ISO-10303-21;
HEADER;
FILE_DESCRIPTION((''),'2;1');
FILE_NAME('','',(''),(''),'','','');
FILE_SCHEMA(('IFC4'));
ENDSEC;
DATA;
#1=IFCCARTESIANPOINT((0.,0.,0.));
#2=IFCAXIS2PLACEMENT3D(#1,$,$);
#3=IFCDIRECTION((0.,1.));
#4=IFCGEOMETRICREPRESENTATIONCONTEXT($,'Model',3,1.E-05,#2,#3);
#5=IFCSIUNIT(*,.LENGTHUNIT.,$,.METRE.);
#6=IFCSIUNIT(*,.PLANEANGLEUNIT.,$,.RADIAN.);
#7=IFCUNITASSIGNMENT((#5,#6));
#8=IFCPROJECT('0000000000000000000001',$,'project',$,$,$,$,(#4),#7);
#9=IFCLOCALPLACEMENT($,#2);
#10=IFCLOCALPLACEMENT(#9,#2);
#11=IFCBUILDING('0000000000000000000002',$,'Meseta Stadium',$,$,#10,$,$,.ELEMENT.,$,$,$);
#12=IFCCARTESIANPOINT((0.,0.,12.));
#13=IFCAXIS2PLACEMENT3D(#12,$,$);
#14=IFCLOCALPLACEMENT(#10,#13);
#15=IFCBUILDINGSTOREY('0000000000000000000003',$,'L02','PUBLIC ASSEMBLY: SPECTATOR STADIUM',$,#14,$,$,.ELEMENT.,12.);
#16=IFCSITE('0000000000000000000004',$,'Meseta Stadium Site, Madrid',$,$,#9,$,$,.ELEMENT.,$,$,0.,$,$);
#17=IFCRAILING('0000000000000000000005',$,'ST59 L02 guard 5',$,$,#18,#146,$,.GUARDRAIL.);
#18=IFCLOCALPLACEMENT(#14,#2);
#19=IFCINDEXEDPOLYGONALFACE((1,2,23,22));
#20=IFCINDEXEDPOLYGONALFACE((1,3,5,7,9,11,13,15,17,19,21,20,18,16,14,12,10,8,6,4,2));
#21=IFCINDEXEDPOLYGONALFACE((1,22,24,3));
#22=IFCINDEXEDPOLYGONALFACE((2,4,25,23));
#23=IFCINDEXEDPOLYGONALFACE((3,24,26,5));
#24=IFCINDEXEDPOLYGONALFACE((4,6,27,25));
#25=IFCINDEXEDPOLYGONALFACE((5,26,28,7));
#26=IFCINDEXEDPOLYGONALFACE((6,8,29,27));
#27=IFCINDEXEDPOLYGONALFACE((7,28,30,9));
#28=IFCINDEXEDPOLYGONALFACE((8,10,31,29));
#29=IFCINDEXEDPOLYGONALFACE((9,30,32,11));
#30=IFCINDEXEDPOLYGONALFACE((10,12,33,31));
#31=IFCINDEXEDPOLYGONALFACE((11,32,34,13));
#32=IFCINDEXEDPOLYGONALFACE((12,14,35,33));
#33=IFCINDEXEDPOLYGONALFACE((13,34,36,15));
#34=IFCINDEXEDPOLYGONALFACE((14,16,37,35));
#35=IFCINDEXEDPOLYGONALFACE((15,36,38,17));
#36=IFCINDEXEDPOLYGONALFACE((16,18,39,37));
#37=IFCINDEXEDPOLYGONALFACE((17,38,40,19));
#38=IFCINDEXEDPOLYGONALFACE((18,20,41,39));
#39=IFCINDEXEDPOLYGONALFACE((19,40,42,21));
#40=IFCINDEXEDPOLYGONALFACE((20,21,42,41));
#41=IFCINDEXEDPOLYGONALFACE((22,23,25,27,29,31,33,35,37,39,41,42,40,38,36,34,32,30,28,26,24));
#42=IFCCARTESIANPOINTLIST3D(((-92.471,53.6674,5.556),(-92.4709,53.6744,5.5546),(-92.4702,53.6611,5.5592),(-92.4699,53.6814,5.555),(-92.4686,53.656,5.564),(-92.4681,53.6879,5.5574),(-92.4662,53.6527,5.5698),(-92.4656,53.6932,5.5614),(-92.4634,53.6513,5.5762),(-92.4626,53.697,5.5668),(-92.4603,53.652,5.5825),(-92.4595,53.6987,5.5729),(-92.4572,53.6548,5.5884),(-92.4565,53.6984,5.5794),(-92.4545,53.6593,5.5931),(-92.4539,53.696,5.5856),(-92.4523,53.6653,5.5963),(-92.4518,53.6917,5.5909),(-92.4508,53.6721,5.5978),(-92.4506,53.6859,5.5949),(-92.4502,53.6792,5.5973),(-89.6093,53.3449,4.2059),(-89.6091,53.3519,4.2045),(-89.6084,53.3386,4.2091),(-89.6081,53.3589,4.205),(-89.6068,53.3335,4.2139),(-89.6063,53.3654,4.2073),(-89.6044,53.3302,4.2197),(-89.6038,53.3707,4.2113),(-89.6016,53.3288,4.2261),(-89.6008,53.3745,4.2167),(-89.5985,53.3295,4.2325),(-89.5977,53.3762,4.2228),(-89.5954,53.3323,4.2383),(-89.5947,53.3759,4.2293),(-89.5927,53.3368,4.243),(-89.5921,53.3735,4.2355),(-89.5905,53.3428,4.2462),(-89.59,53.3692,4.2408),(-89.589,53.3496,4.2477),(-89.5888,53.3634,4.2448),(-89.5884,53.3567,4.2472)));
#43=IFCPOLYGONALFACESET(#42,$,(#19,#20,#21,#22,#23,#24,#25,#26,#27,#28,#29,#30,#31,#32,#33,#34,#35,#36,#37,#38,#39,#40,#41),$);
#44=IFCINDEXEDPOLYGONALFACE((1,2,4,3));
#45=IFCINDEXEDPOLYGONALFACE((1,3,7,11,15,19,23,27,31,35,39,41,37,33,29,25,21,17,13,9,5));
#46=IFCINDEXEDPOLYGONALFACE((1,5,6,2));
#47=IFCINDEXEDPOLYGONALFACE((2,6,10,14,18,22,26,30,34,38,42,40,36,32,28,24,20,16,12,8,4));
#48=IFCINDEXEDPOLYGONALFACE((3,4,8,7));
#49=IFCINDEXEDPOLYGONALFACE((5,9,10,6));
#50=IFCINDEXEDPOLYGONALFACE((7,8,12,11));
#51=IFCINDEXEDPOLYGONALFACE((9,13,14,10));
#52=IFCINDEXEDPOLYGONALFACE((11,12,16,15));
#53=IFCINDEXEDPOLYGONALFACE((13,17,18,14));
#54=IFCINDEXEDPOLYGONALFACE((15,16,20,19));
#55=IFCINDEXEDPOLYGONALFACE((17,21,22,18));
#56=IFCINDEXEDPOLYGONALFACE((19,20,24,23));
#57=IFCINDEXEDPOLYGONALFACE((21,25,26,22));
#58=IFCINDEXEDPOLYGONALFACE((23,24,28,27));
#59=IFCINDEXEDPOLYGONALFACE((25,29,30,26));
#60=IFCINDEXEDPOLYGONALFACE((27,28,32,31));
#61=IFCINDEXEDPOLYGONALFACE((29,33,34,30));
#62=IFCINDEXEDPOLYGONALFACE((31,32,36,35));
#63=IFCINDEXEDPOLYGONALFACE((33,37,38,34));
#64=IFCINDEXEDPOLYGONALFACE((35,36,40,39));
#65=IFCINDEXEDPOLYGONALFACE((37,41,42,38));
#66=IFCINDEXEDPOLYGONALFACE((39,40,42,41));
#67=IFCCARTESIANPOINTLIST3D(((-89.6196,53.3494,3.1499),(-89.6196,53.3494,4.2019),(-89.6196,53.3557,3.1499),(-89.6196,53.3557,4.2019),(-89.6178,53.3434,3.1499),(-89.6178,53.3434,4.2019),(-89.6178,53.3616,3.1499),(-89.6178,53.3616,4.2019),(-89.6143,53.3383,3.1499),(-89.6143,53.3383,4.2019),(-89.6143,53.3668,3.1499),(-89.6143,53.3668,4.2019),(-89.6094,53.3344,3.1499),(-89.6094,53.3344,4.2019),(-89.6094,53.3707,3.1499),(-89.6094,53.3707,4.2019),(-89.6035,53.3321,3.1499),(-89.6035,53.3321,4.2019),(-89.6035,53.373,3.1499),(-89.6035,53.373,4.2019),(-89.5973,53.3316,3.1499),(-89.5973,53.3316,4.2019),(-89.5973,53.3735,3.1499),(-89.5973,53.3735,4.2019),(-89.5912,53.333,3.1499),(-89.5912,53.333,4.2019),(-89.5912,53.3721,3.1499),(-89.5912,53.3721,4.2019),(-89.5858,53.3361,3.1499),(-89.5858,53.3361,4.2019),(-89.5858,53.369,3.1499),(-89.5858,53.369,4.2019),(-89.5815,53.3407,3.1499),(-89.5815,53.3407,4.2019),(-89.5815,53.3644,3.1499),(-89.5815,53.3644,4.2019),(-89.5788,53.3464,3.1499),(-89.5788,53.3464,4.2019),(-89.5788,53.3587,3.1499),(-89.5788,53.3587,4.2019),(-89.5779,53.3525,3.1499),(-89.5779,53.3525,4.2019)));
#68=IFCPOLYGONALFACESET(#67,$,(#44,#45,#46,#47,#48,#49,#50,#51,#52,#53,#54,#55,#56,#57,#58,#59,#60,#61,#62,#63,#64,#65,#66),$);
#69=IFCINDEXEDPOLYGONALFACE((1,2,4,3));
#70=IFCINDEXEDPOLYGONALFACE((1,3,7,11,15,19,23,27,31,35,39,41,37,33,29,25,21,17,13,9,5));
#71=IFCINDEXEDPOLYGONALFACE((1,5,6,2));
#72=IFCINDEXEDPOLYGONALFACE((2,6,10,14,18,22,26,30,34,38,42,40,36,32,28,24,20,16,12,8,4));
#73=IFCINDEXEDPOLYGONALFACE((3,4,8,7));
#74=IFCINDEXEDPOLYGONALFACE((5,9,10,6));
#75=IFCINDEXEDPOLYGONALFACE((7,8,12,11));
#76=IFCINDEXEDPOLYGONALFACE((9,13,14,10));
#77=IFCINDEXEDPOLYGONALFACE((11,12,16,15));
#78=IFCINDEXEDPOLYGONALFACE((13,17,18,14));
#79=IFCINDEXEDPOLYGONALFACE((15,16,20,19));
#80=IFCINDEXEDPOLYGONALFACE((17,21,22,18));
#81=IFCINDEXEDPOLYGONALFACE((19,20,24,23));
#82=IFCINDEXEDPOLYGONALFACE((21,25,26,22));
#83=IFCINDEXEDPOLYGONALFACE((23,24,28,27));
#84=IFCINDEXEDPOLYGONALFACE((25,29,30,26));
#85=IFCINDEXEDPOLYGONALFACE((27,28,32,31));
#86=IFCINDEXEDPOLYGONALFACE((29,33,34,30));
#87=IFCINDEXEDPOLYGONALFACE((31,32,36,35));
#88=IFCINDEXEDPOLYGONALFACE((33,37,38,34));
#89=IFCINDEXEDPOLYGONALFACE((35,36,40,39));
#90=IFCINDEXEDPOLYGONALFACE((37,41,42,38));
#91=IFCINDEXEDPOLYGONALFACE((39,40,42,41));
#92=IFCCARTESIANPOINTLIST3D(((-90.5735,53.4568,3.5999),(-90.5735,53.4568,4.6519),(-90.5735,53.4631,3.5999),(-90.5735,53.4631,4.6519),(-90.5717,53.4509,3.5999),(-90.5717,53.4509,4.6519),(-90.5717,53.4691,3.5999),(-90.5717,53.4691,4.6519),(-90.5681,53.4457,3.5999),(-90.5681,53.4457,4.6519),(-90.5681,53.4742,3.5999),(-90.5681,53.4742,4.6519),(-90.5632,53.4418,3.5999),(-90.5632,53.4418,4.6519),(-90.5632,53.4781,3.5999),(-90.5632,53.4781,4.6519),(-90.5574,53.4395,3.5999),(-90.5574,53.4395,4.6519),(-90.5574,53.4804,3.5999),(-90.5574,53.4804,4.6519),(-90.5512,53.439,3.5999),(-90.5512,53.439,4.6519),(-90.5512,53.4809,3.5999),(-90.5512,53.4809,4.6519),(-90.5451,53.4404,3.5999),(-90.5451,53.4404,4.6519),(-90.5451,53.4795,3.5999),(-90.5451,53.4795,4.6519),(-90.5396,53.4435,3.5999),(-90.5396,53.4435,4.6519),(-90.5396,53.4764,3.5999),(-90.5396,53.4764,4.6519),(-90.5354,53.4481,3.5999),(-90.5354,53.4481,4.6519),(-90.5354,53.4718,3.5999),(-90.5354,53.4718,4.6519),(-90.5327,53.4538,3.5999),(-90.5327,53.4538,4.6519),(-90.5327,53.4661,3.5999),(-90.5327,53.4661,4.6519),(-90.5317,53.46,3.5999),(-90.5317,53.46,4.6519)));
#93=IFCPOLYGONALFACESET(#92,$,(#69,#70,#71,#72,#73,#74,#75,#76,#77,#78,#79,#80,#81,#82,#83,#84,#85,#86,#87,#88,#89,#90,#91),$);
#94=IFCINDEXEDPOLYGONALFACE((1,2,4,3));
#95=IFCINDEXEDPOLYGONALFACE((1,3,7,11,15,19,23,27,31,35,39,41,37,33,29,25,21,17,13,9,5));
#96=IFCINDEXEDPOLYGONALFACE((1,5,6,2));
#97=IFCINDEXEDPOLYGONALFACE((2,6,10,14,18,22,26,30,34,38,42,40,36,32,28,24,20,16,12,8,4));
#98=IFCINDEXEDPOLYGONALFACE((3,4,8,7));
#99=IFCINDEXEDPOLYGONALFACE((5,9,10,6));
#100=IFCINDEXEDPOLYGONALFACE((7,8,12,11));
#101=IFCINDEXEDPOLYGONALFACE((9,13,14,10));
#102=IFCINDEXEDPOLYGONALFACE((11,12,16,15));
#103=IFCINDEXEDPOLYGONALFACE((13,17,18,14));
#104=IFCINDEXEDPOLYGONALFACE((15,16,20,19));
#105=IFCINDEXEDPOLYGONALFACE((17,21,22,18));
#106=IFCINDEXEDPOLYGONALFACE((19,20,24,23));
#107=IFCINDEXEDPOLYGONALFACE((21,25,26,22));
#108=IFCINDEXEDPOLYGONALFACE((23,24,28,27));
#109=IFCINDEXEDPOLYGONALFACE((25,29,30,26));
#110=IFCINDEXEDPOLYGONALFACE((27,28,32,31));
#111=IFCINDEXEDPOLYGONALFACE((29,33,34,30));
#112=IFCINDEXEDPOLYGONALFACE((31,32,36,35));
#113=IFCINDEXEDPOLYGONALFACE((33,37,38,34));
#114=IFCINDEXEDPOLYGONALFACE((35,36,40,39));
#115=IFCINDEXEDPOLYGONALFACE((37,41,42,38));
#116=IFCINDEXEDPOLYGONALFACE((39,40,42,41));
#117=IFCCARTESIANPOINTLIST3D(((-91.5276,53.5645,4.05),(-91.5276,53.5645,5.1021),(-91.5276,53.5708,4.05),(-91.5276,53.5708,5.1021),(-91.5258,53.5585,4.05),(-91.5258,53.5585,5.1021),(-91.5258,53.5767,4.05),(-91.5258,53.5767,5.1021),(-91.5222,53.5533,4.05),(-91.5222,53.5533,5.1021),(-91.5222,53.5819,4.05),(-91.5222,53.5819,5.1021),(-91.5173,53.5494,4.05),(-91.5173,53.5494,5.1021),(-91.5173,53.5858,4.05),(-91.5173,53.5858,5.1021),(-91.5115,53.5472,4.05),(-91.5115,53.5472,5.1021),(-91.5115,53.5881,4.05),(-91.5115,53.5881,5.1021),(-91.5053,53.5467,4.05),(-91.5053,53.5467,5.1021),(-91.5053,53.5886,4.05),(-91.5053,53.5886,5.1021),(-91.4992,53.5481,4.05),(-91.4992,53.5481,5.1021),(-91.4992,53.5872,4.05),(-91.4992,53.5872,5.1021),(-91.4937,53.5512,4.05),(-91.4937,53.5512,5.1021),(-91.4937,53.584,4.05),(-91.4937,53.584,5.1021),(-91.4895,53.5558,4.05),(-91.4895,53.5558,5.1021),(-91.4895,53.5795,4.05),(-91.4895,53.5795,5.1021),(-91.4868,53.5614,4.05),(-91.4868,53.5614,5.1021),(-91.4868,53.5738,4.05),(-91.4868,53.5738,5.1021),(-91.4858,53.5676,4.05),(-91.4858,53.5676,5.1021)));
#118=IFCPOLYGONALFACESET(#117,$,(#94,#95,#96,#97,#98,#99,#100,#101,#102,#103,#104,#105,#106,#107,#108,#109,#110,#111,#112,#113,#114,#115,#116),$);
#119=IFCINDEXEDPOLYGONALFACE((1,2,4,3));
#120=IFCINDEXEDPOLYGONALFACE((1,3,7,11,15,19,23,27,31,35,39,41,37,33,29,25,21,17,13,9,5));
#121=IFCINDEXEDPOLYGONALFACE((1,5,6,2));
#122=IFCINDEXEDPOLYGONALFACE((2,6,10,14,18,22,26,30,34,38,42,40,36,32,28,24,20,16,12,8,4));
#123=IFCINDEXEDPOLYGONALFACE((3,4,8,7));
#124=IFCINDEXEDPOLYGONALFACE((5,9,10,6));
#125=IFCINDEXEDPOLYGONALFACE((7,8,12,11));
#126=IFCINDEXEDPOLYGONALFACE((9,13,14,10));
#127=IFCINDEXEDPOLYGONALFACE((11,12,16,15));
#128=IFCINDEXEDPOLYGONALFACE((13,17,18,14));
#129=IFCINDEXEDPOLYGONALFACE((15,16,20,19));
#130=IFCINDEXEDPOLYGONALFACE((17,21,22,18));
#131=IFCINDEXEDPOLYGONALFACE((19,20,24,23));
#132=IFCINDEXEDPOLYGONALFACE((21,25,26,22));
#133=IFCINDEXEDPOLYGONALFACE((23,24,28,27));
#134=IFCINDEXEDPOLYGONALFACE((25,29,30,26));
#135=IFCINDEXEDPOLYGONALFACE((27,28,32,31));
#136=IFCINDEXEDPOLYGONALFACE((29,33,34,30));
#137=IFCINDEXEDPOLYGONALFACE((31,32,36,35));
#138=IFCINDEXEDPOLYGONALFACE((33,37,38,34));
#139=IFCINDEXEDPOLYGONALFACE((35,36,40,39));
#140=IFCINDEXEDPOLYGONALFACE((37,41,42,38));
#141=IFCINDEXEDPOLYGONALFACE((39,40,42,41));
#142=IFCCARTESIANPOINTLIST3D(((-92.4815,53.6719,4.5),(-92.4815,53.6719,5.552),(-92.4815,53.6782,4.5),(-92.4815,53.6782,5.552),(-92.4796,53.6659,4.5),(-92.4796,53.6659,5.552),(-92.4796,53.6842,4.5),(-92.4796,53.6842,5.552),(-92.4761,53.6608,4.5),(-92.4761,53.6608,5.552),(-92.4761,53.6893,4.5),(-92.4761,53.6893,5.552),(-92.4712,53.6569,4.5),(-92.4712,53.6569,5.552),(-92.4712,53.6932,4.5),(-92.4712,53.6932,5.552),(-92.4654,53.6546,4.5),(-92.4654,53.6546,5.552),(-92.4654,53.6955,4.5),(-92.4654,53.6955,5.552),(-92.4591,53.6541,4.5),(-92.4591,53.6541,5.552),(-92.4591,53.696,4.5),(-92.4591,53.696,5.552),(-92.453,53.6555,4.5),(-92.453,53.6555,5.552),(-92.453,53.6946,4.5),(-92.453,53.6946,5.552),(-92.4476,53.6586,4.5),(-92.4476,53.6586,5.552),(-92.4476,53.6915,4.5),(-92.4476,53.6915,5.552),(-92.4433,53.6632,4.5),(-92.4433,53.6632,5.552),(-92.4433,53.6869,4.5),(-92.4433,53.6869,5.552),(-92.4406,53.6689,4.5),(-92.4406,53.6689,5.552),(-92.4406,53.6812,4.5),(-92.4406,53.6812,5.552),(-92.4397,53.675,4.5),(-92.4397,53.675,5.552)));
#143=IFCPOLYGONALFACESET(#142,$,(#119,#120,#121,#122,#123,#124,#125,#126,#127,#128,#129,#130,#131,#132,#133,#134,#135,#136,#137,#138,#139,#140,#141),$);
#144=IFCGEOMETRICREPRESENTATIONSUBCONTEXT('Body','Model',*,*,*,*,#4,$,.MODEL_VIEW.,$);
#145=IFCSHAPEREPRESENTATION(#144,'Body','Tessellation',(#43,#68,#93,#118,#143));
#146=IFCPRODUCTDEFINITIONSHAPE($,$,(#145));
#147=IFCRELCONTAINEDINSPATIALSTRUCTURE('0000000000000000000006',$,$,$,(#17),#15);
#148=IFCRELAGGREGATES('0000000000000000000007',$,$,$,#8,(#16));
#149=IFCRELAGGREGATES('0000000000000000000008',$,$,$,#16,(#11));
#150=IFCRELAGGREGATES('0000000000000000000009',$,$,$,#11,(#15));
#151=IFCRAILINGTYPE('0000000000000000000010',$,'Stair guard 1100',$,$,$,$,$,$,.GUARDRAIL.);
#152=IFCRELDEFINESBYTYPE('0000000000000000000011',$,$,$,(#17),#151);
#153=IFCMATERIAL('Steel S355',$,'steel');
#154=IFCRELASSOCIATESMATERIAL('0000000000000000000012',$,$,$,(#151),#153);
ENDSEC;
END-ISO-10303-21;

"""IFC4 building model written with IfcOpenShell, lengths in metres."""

from ifc_helpers import new_model, si_unit, direction, frame, origin, origin_2d, place, context, subcontext, project, spatial, circle, extrude, material, type_object, element, save


model = new_model("IFC4")

# Units and contexts
model_context = context("Model", 3, precision=1e-05, world=origin(), true_north=direction((0.0, 1.0)))
body_context = subcontext(model_context, "Body", "Model", "MODEL_VIEW")
ifc_project = project(units=[si_unit("LENGTHUNIT", "METRE"), si_unit("PLANEANGLEUNIT", "RADIAN")], contexts=[model_context])

# Site, building, storey
site_placement = place(None, origin())
site = spatial("IfcSite", under=ifc_project, at=site_placement, Name="Meseta Stadium Site, Madrid", CompositionType="ELEMENT", RefElevation=0.0)
building_placement = place(site_placement, origin())
building = spatial("IfcBuilding", under=site, at=building_placement, Name="Meseta Stadium", CompositionType="ELEMENT")
storey_placement = place(building_placement, frame((0.0, 0.0, 12.0)))
storey = spatial("IfcBuildingStorey", under=building, at=storey_placement, Name="L02", Description="PUBLIC ASSEMBLY: SPECTATOR STADIUM", CompositionType="ELEMENT", Elevation=12.0)

# Railing
ifc_material_1 = material(Name="Steel S355", Category="steel")
railing_type_1 = type_object("IfcRailingType", Name="Stair guard 1100", PredefinedType="GUARDRAIL", material=ifc_material_1)
railing_1_placement = place(storey_placement, frame((-89.5989, 53.3525, 3.1499)))
element("IfcRailing", 1, at=railing_1_placement, inside=storey, type_object=railing_type_1, Name="ST59 L02 guard 5", PredefinedType="GUARDRAIL", context=body_context, shape_type="SweptSolid", body=[
    extrude(circle(Radius=0.0239, at=origin_2d()), frame((0.0, 0.0, 1.0762), z_axis=(-0.899748, 0.101396, 0.424467), x_axis=(-0.111985, -0.99371, 0.0)), (0.0, 0.0, 1.0), 3.1807),
    extrude(circle(Radius=0.021, at=origin_2d()), origin(), (0.0, 0.0, 1.0), 1.052),
    extrude(circle(Radius=0.021, at=origin_2d()), frame((-0.9539, 0.1074, 0.45)), (0.0, 0.0, 1.0), 1.052),
    extrude(circle(Radius=0.021, at=origin_2d()), frame((-1.908, 0.2151, 0.9001)), (0.0, 0.0, 1.0), 1.052),
    extrude(circle(Radius=0.021, at=origin_2d()), frame((-2.8618, 0.3225, 1.3501)), (0.0, 0.0, 1.0), 1.052),
])

save(model, "model.ifc")
